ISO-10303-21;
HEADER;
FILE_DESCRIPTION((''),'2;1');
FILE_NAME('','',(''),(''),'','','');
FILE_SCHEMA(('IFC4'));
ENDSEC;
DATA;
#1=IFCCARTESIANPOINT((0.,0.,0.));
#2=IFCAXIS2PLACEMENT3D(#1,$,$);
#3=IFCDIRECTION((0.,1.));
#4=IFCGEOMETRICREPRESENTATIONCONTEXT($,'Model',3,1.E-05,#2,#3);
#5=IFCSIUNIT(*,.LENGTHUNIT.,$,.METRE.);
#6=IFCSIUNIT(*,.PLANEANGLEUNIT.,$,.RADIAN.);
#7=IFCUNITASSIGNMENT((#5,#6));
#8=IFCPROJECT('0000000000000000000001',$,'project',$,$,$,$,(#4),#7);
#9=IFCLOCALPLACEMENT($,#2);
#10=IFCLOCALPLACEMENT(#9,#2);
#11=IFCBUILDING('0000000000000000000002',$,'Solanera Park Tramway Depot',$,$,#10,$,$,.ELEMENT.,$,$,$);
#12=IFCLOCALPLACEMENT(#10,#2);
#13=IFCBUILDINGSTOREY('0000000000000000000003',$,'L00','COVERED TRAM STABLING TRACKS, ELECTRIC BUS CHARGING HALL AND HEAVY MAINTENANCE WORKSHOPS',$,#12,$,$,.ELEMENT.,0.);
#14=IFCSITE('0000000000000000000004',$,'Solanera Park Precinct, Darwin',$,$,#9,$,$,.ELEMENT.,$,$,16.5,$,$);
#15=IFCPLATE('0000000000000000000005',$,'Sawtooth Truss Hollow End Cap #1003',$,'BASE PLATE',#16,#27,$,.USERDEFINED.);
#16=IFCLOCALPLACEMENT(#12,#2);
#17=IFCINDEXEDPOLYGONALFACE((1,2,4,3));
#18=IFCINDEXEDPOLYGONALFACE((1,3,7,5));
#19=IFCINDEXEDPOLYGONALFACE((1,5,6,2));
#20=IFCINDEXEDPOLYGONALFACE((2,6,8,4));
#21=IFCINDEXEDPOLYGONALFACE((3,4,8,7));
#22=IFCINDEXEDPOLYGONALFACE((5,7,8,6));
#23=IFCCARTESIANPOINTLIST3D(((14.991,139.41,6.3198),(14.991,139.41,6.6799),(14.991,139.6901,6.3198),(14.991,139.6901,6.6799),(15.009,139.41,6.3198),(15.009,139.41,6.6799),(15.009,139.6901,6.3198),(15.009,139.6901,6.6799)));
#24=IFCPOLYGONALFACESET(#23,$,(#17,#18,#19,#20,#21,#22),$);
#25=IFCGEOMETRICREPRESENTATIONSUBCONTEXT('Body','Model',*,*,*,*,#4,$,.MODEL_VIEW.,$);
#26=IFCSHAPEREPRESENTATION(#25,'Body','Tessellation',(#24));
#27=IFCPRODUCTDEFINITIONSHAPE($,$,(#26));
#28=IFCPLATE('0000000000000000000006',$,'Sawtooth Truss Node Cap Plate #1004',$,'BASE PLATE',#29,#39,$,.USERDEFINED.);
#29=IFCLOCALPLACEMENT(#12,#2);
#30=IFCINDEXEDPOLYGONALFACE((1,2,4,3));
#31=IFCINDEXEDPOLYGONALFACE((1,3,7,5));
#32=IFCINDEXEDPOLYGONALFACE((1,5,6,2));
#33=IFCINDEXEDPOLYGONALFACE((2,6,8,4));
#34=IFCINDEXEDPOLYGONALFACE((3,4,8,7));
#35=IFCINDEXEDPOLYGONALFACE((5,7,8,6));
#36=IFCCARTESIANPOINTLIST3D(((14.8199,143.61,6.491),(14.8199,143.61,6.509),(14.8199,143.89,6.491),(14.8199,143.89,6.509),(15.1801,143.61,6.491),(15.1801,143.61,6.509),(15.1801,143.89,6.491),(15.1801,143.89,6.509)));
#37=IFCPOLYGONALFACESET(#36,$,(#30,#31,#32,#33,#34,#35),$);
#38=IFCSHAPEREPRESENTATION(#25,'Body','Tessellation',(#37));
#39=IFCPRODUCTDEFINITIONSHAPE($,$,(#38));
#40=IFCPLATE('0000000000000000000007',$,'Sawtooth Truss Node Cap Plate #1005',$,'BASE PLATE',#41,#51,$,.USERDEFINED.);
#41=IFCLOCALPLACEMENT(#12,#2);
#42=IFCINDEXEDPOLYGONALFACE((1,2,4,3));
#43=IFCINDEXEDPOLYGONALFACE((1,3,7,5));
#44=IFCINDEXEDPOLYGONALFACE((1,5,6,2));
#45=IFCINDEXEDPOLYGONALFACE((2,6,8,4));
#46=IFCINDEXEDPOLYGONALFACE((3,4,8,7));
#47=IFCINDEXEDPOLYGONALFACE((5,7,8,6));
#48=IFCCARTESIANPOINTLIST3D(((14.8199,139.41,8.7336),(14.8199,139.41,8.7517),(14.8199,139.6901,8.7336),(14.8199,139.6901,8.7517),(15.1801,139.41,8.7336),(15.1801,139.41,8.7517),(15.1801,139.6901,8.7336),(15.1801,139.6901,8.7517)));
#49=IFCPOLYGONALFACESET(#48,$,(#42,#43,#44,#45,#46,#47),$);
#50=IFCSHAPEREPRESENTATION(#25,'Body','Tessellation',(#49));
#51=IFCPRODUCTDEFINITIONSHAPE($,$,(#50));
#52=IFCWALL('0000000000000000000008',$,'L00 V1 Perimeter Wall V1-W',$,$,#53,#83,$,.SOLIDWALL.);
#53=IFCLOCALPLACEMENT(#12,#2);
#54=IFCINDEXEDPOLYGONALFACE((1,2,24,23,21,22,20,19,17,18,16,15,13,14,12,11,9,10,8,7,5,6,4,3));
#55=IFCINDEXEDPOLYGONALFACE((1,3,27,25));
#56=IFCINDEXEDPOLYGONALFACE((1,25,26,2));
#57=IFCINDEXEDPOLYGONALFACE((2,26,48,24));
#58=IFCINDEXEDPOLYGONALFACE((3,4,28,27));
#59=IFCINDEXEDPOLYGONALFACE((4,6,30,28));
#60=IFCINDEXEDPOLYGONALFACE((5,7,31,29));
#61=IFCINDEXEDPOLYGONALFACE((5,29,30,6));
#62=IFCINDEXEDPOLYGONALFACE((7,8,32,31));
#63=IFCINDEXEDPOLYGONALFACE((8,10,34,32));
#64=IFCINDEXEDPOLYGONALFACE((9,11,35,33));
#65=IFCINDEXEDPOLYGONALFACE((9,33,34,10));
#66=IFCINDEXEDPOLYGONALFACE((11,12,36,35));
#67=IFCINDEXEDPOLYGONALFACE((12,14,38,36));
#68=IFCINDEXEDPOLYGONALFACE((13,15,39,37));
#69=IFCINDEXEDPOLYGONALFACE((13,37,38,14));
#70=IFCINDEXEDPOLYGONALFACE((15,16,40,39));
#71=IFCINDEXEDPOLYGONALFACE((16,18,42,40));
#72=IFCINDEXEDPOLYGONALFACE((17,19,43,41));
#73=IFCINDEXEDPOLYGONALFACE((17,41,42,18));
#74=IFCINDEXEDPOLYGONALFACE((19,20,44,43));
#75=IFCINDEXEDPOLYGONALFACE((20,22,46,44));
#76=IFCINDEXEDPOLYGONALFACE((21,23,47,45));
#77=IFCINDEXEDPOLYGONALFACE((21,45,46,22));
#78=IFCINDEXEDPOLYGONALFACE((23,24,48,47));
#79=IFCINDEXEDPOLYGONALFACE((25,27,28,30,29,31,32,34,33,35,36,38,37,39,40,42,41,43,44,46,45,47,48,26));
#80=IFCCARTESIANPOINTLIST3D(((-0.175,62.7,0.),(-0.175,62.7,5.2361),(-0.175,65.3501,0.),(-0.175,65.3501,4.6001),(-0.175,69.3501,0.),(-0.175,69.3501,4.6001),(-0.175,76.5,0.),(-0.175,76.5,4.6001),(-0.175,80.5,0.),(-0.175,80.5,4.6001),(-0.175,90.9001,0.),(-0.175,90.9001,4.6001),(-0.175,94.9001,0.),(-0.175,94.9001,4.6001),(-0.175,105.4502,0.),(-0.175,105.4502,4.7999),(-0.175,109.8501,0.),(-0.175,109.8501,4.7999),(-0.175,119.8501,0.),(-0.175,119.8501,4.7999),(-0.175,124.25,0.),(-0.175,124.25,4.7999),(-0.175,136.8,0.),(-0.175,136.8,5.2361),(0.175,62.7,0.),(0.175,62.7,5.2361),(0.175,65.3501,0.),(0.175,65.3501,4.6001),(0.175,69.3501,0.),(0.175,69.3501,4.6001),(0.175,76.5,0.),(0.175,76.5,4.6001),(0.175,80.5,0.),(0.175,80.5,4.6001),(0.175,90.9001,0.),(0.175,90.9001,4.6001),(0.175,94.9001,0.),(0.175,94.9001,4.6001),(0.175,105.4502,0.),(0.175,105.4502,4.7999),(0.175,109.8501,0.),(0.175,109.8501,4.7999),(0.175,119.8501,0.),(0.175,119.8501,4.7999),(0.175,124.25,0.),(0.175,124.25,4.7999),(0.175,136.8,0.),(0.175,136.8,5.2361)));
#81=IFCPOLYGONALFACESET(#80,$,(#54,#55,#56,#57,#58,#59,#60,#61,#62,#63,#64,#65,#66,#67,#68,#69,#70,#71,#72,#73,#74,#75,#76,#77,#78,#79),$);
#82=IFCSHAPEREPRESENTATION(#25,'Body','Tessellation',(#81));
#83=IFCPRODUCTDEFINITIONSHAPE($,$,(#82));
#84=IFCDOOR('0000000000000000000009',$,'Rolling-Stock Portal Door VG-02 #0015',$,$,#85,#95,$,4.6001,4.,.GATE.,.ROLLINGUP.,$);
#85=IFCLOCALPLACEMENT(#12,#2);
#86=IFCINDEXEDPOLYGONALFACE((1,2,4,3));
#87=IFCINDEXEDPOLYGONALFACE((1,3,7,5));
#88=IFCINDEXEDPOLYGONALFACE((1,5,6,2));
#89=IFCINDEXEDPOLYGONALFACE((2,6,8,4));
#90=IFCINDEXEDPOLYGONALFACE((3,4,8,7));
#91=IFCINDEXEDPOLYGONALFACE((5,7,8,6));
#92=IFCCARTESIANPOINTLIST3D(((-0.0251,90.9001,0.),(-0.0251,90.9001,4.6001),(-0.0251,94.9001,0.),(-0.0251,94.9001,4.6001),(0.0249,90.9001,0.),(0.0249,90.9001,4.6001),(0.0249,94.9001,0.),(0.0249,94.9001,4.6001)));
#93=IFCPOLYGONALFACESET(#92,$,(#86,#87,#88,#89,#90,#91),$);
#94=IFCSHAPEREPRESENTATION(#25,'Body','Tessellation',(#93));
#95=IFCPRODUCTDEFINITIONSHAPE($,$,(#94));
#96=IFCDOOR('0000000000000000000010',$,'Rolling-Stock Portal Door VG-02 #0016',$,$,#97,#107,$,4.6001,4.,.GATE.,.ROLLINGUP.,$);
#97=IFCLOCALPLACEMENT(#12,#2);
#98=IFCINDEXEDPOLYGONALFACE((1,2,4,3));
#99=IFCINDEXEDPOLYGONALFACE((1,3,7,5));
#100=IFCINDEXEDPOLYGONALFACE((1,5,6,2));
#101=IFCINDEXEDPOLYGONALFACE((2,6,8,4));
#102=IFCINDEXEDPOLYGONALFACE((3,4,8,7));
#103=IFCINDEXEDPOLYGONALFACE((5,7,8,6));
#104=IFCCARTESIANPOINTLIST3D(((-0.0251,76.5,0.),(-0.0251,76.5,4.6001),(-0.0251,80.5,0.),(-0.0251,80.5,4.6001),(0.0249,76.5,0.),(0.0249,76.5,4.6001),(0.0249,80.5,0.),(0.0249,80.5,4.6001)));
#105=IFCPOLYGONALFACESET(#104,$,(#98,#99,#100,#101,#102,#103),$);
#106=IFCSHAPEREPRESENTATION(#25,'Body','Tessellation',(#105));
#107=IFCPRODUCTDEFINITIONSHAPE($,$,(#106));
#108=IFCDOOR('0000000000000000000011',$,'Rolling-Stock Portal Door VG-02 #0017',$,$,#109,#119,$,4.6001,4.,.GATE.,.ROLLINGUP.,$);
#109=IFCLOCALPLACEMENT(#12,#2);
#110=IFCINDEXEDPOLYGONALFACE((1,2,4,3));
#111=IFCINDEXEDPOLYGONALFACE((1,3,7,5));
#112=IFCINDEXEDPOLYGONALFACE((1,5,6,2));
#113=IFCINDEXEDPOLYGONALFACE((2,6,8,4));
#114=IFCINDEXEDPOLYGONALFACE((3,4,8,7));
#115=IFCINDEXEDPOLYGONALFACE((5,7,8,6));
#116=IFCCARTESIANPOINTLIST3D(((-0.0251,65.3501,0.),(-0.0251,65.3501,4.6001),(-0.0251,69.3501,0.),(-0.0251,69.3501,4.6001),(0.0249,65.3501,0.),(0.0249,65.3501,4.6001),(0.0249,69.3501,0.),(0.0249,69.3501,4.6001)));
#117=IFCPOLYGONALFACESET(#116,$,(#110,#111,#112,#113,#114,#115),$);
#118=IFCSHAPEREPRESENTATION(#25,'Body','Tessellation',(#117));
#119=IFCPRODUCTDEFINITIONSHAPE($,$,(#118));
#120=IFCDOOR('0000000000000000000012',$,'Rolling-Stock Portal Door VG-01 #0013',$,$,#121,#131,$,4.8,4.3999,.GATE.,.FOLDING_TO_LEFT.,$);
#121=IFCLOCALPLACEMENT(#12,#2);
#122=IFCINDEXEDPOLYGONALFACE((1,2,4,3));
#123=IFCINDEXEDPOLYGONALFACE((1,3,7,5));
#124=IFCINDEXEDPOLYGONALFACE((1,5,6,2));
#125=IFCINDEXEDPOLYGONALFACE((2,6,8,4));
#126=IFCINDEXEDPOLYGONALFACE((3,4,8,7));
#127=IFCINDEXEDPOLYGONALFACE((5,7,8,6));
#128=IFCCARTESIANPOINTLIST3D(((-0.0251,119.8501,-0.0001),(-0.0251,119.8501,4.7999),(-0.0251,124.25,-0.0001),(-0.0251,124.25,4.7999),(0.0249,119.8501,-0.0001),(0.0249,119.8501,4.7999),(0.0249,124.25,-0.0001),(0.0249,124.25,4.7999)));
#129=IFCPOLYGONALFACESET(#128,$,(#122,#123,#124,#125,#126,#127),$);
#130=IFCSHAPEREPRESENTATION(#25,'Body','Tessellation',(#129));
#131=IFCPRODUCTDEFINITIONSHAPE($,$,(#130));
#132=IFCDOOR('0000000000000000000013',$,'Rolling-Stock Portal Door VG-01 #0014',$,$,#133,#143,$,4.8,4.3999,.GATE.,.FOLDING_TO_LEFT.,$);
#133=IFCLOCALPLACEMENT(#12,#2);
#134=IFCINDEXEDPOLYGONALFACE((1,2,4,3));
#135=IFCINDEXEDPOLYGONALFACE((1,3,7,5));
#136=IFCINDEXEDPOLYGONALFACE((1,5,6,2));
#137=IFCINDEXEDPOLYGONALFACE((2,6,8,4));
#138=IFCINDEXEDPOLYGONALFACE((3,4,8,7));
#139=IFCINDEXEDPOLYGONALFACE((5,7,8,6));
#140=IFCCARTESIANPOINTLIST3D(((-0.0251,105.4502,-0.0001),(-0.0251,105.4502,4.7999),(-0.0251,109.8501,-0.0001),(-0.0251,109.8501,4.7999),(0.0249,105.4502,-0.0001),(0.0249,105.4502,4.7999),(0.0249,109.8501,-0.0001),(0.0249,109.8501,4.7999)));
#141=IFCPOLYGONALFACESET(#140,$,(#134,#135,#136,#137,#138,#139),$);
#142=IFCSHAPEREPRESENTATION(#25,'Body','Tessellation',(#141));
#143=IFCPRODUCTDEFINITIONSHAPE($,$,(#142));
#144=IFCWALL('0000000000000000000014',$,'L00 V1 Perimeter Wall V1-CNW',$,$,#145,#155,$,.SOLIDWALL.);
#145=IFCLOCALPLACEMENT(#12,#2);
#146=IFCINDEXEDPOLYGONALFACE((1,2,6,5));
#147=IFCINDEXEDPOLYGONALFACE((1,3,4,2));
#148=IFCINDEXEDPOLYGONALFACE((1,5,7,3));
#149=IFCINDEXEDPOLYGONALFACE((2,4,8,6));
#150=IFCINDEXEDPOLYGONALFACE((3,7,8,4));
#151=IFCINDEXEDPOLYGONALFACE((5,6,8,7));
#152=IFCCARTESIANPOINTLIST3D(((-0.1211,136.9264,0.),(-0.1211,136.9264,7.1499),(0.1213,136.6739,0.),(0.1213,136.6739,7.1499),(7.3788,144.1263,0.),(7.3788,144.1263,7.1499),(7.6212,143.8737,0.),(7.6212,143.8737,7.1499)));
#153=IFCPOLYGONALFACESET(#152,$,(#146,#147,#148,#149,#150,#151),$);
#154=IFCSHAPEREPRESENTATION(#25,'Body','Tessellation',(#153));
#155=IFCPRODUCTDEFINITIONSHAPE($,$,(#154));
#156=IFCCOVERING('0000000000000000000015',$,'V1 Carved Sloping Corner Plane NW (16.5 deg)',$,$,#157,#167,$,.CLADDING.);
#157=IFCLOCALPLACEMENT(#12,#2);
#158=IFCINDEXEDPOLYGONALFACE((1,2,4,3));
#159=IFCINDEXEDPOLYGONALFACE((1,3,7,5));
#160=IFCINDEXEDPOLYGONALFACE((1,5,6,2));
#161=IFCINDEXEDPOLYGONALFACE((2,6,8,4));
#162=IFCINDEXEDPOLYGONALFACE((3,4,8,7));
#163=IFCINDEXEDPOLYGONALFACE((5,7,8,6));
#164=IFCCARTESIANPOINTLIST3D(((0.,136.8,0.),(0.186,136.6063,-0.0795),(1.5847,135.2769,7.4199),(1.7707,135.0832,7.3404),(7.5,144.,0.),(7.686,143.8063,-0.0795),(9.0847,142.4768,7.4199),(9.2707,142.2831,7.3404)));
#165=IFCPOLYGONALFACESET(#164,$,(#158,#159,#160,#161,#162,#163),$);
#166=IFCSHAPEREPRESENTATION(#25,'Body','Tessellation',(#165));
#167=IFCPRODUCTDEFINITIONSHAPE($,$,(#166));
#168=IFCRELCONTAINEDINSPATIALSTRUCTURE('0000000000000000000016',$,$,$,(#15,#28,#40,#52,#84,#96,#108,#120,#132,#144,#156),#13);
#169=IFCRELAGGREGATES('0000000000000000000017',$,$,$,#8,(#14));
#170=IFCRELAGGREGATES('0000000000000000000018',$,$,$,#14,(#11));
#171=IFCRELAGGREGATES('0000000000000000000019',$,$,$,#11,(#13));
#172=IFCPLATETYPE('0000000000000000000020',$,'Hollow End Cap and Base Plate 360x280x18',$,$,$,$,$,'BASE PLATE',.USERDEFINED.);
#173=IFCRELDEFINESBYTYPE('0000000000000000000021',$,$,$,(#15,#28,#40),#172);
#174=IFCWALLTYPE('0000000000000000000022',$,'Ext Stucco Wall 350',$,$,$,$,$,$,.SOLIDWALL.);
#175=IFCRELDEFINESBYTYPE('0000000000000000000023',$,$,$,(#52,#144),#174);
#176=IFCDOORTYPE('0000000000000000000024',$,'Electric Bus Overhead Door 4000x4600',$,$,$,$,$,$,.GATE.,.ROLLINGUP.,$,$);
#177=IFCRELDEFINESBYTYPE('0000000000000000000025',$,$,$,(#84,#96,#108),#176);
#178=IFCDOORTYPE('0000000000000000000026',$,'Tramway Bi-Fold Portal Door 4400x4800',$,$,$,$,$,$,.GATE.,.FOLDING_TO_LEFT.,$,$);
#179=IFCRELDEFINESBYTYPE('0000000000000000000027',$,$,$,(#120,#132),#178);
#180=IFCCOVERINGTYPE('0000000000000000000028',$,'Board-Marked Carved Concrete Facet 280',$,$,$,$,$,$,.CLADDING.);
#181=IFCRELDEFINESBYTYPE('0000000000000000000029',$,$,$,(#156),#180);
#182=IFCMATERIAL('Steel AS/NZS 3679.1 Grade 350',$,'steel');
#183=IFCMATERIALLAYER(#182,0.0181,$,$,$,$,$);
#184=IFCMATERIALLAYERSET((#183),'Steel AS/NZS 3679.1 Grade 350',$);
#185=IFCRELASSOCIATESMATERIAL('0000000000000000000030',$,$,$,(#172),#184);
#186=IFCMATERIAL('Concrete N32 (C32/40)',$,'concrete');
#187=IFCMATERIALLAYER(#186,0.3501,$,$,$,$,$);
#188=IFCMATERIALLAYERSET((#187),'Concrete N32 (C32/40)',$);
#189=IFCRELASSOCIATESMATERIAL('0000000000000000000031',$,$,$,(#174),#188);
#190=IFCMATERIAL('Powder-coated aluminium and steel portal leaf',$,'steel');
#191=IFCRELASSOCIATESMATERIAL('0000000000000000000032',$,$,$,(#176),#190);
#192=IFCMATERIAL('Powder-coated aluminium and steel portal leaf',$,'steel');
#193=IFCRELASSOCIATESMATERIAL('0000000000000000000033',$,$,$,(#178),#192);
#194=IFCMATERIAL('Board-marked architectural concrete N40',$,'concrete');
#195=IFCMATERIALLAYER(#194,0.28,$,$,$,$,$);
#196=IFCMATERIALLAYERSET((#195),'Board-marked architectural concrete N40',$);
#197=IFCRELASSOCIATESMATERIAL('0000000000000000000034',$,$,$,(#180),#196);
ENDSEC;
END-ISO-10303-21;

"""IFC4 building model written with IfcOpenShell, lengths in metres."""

from ifc_helpers import new_model, si_unit, direction, frame, frame_2d, origin, origin_2d, place, context, subcontext, project, spatial, polyline, rectangle, outline, extrude, material, layer, layer_set, type_object, element, fill, save


model = new_model("IFC4")

# Units and contexts
model_context = context("Model", 3, precision=1e-05, world=origin(), true_north=direction((0.0, 1.0)))
body_context = subcontext(model_context, "Body", "Model", "MODEL_VIEW")
ifc_project = project(units=[si_unit("LENGTHUNIT", "METRE"), si_unit("PLANEANGLEUNIT", "RADIAN")], contexts=[model_context])

# Site, building, storey
site_placement = place(None, origin())
site = spatial("IfcSite", under=ifc_project, at=site_placement, Name="Solanera Park Precinct, Darwin", CompositionType="ELEMENT", RefElevation=16.5)
building_placement = place(site_placement, origin())
building = spatial("IfcBuilding", under=site, at=building_placement, Name="Solanera Park Tramway Depot", CompositionType="ELEMENT")
storey_placement = place(building_placement, origin())
storey = spatial("IfcBuildingStorey", under=building, at=storey_placement, Name="L00", Description="COVERED TRAM STABLING TRACKS, ELECTRIC BUS CHARGING HALL AND HEAVY MAINTENANCE WORKSHOPS", CompositionType="ELEMENT", Elevation=0.0)

# Plates
ifc_material_1 = material(Name="Steel AS/NZS 3679.1 Grade 350", Category="steel")
ifc_layer_1 = layer(ifc_material_1, 0.0181)
ifc_layer_set_1 = layer_set([ifc_layer_1], Name="Steel AS/NZS 3679.1 Grade 350")
plate_type = type_object("IfcPlateType", Name="Hollow End Cap and Base Plate 360x280x18", ElementType="BASE PLATE", PredefinedType="USERDEFINED", material=ifc_layer_set_1)
plate_placement = place(storey_placement, frame((15.0, 139.55, 6.3198), z_axis=(0.0, 0.0, 1.0), x_axis=(1.0, 0.0, 0.0)))
element("IfcPlate", 1, at=plate_placement, inside=storey, type_object=plate_type, Name="Sawtooth Truss Hollow End Cap #1003", ObjectType="BASE PLATE", PredefinedType="USERDEFINED", context=body_context, shape_type="SweptSolid", body=[
    extrude(rectangle(XDim=0.0181, YDim=0.28, at=origin_2d()), origin(), (0.0, 0.0, 1.0), 0.3601),
])
for number, where, z_axis, x_axis, name in (
    (2, (15.0, 143.75, 6.491), (0.0, 0.0, 1.0), (1.0, 0.0, 0.0), "Sawtooth Truss Node Cap Plate #1004"),
    (3, (15.0, 139.55, 8.7336), (0.0, 0.0, 1.0), (1.0, 0.0, 0.0), "Sawtooth Truss Node Cap Plate #1005"),
):
    element("IfcPlate", number, at=place(storey_placement, frame(where, z_axis=z_axis, x_axis=x_axis)), inside=storey, type_object=plate_type, Name=name, ObjectType="BASE PLATE", PredefinedType="USERDEFINED", context=body_context, shape_type="SweptSolid", body=[
        extrude(rectangle(XDim=0.3601, YDim=0.28, at=origin_2d()), origin(), (0.0, 0.0, 1.0), 0.0181),
    ])

# Wall, openings, doors
ifc_material_2 = material(Name="Concrete N32 (C32/40)", Category="concrete")
ifc_layer_2 = layer(ifc_material_2, 0.3501)
ifc_layer_set_2 = layer_set([ifc_layer_2], Name="Concrete N32 (C32/40)")
wall_type = type_object("IfcWallType", Name="Ext Stucco Wall 350", PredefinedType="SOLIDWALL", material=ifc_layer_set_2)
wall_1_placement = place(storey_placement, frame((0.0, 136.8, 0.0), z_axis=(0.0, 0.0, 1.0), x_axis=(0.0, -1.0, 0.0)))
wall_1 = element("IfcWall", 4, at=wall_1_placement, inside=storey, type_object=wall_type, Name="L00 V1 Perimeter Wall V1-W", PredefinedType="SOLIDWALL", context=body_context, shape_type="SweptSolid", body=[
    extrude(rectangle(XDim=74.1001, YDim=0.3501, at=frame_2d((37.05, 0.0))), origin(), (0.0, 0.0, 1.0), 5.2361),
])
opening_1_placement = place(wall_1_placement, frame((12.55, 0.0, 0.0)))
opening_1 = element("IfcOpeningElement", 5, at=opening_1_placement, cuts=wall_1, PredefinedType="OPENING", context=body_context, shape_type="SweptSolid", body=[
    extrude(rectangle(XDim=4.3999, YDim=4.8, at=frame_2d((2.2, 2.3999))), frame((0.0, 0.1851, 0.0), z_axis=(0.0, -1.0, 0.0), x_axis=(1.0, 0.0, 0.0)), (0.0, 0.0, 1.0), 0.3701),
])
opening_2_placement = place(wall_1_placement, frame((26.95, 0.0, 0.0)))
opening_2 = element("IfcOpeningElement", 6, at=opening_2_placement, cuts=wall_1, PredefinedType="OPENING", context=body_context, shape_type="SweptSolid", body=[
    extrude(rectangle(XDim=4.3999, YDim=4.8, at=frame_2d((2.2, 2.3999))), frame((0.0, 0.1851, 0.0), z_axis=(0.0, -1.0, 0.0), x_axis=(1.0, 0.0, 0.0)), (0.0, 0.0, 1.0), 0.3701),
])
opening_3_placement = place(wall_1_placement, frame((41.8999, 0.0, 0.0)))
opening_3 = element("IfcOpeningElement", 7, at=opening_3_placement, cuts=wall_1, PredefinedType="OPENING", context=body_context, shape_type="SweptSolid", body=[
    extrude(rectangle(XDim=4.0, YDim=4.6001, at=frame_2d((2.0, 2.3))), frame((0.0, 0.1851, 0.0), z_axis=(0.0, -1.0, 0.0), x_axis=(1.0, 0.0, 0.0)), (0.0, 0.0, 1.0), 0.3701),
])
opening_4_placement = place(wall_1_placement, frame((56.3, 0.0, 0.0)))
opening_4 = element("IfcOpeningElement", 8, at=opening_4_placement, cuts=wall_1, PredefinedType="OPENING", context=body_context, shape_type="SweptSolid", body=[
    extrude(rectangle(XDim=4.0, YDim=4.6001, at=frame_2d((2.0, 2.3))), frame((0.0, 0.1851, 0.0), z_axis=(0.0, -1.0, 0.0), x_axis=(1.0, 0.0, 0.0)), (0.0, 0.0, 1.0), 0.3701),
])
opening_5_placement = place(wall_1_placement, frame((67.45, 0.0, 0.0)))
opening_5 = element("IfcOpeningElement", 9, at=opening_5_placement, cuts=wall_1, PredefinedType="OPENING", context=body_context, shape_type="SweptSolid", body=[
    extrude(rectangle(XDim=4.0, YDim=4.6001, at=frame_2d((2.0, 2.3))), frame((0.0, 0.1851, 0.0), z_axis=(0.0, -1.0, 0.0), x_axis=(1.0, 0.0, 0.0)), (0.0, 0.0, 1.0), 0.3701),
])
ifc_material_3 = material(Name="Powder-coated aluminium and steel portal leaf", Category="steel")
door_type_1 = type_object("IfcDoorType", Name="Electric Bus Overhead Door 4000x4600", OperationType="ROLLINGUP", PredefinedType="GATE", material=ifc_material_3)
door_1_placement = place(opening_3_placement, origin())
door_1 = element("IfcDoor", 10, at=door_1_placement, inside=storey, type_object=door_type_1, Name="Rolling-Stock Portal Door VG-02 #0015", OperationType="ROLLINGUP", OverallHeight=4.6001, OverallWidth=4.0, PredefinedType="GATE", context=body_context, shape_type="SweptSolid", body=[
    extrude(rectangle(XDim=4.0, YDim=4.6001, at=frame_2d((2.0, 2.3))), frame((0.0, 0.0249, 0.0), z_axis=(0.0, -1.0, 0.0), x_axis=(1.0, 0.0, 0.0)), (0.0, 0.0, 1.0), 0.05),
])
fill(opening_3, door_1)
door_2_placement = place(opening_4_placement, origin())
door_2 = element("IfcDoor", 11, at=door_2_placement, inside=storey, type_object=door_type_1, Name="Rolling-Stock Portal Door VG-02 #0016", OperationType="ROLLINGUP", OverallHeight=4.6001, OverallWidth=4.0, PredefinedType="GATE", context=body_context, shape_type="SweptSolid", body=[
    extrude(rectangle(XDim=4.0, YDim=4.6001, at=frame_2d((2.0, 2.3))), frame((0.0, 0.0249, 0.0), z_axis=(0.0, -1.0, 0.0), x_axis=(1.0, 0.0, 0.0)), (0.0, 0.0, 1.0), 0.05),
])
fill(opening_4, door_2)
door_3_placement = place(opening_5_placement, origin())
door_3 = element("IfcDoor", 12, at=door_3_placement, inside=storey, type_object=door_type_1, Name="Rolling-Stock Portal Door VG-02 #0017", OperationType="ROLLINGUP", OverallHeight=4.6001, OverallWidth=4.0, PredefinedType="GATE", context=body_context, shape_type="SweptSolid", body=[
    extrude(rectangle(XDim=4.0, YDim=4.6001, at=frame_2d((2.0, 2.3))), frame((0.0, 0.0249, 0.0), z_axis=(0.0, -1.0, 0.0), x_axis=(1.0, 0.0, 0.0)), (0.0, 0.0, 1.0), 0.05),
])
fill(opening_5, door_3)
ifc_material_4 = material(Name="Powder-coated aluminium and steel portal leaf", Category="steel")
door_type_2 = type_object("IfcDoorType", Name="Tramway Bi-Fold Portal Door 4400x4800", OperationType="FOLDING_TO_LEFT", PredefinedType="GATE", material=ifc_material_4)
door_4_placement = place(opening_1_placement, origin())
door_4 = element("IfcDoor", 13, at=door_4_placement, inside=storey, type_object=door_type_2, Name="Rolling-Stock Portal Door VG-01 #0013", OperationType="FOLDING_TO_LEFT", OverallHeight=4.8, OverallWidth=4.3999, PredefinedType="GATE", context=body_context, shape_type="SweptSolid", body=[
    extrude(rectangle(XDim=4.3999, YDim=4.8, at=frame_2d((2.2, 2.3999))), frame((0.0, 0.0249, 0.0), z_axis=(0.0, -1.0, 0.0), x_axis=(1.0, 0.0, 0.0)), (0.0, 0.0, 1.0), 0.05),
])
fill(opening_1, door_4)
door_5_placement = place(opening_2_placement, origin())
door_5 = element("IfcDoor", 14, at=door_5_placement, inside=storey, type_object=door_type_2, Name="Rolling-Stock Portal Door VG-01 #0014", OperationType="FOLDING_TO_LEFT", OverallHeight=4.8, OverallWidth=4.3999, PredefinedType="GATE", context=body_context, shape_type="SweptSolid", body=[
    extrude(rectangle(XDim=4.3999, YDim=4.8, at=frame_2d((2.2, 2.3999))), frame((0.0, 0.0249, 0.0), z_axis=(0.0, -1.0, 0.0), x_axis=(1.0, 0.0, 0.0)), (0.0, 0.0, 1.0), 0.05),
])
fill(opening_2, door_5)

# Wall
wall_2_placement = place(storey_placement, frame((7.5, 144.0, 0.0), z_axis=(0.0, 0.0, 1.0), x_axis=(-0.72139, -0.692529, 0.0)))
element("IfcWall", 15, at=wall_2_placement, inside=storey, type_object=wall_type, Name="L00 V1 Perimeter Wall V1-CNW", PredefinedType="SOLIDWALL", context=body_context, shape_type="SweptSolid", body=[
    extrude(rectangle(XDim=10.3965, YDim=0.3501, at=frame_2d((5.1982, 0.0))), origin(), (0.0, 0.0, 1.0), 7.1499),
])

# Covering
ifc_material_5 = material(Name="Board-marked architectural concrete N40", Category="concrete")
ifc_layer_3 = layer(ifc_material_5, 0.28)
ifc_layer_set_3 = layer_set([ifc_layer_3], Name="Board-marked architectural concrete N40")
covering_type = type_object("IfcCoveringType", Name="Board-Marked Carved Concrete Facet 280", PredefinedType="CLADDING", material=ifc_layer_set_3)
covering_placement = place(storey_placement, frame((7.5, 144.0, 0.0), z_axis=(-0.66405, 0.691723, 0.283825), x_axis=(-0.72139, -0.692529, 0.0)))
element("IfcCovering", 16, at=covering_placement, inside=storey, type_object=covering_type, Name="V1 Carved Sloping Corner Plane NW (16.5 deg)", PredefinedType="CLADDING", context=body_context, shape_type="SweptSolid", body=[
    extrude(outline(polyline([(0.0, 0.0), (10.3966, 0.0), (10.3083, 7.7381), (-0.0883, 7.7381), (0.0, 0.0)])), origin(), (0.0, 0.0, -1.0), 0.28),
])

save(model, "model.ifc")
